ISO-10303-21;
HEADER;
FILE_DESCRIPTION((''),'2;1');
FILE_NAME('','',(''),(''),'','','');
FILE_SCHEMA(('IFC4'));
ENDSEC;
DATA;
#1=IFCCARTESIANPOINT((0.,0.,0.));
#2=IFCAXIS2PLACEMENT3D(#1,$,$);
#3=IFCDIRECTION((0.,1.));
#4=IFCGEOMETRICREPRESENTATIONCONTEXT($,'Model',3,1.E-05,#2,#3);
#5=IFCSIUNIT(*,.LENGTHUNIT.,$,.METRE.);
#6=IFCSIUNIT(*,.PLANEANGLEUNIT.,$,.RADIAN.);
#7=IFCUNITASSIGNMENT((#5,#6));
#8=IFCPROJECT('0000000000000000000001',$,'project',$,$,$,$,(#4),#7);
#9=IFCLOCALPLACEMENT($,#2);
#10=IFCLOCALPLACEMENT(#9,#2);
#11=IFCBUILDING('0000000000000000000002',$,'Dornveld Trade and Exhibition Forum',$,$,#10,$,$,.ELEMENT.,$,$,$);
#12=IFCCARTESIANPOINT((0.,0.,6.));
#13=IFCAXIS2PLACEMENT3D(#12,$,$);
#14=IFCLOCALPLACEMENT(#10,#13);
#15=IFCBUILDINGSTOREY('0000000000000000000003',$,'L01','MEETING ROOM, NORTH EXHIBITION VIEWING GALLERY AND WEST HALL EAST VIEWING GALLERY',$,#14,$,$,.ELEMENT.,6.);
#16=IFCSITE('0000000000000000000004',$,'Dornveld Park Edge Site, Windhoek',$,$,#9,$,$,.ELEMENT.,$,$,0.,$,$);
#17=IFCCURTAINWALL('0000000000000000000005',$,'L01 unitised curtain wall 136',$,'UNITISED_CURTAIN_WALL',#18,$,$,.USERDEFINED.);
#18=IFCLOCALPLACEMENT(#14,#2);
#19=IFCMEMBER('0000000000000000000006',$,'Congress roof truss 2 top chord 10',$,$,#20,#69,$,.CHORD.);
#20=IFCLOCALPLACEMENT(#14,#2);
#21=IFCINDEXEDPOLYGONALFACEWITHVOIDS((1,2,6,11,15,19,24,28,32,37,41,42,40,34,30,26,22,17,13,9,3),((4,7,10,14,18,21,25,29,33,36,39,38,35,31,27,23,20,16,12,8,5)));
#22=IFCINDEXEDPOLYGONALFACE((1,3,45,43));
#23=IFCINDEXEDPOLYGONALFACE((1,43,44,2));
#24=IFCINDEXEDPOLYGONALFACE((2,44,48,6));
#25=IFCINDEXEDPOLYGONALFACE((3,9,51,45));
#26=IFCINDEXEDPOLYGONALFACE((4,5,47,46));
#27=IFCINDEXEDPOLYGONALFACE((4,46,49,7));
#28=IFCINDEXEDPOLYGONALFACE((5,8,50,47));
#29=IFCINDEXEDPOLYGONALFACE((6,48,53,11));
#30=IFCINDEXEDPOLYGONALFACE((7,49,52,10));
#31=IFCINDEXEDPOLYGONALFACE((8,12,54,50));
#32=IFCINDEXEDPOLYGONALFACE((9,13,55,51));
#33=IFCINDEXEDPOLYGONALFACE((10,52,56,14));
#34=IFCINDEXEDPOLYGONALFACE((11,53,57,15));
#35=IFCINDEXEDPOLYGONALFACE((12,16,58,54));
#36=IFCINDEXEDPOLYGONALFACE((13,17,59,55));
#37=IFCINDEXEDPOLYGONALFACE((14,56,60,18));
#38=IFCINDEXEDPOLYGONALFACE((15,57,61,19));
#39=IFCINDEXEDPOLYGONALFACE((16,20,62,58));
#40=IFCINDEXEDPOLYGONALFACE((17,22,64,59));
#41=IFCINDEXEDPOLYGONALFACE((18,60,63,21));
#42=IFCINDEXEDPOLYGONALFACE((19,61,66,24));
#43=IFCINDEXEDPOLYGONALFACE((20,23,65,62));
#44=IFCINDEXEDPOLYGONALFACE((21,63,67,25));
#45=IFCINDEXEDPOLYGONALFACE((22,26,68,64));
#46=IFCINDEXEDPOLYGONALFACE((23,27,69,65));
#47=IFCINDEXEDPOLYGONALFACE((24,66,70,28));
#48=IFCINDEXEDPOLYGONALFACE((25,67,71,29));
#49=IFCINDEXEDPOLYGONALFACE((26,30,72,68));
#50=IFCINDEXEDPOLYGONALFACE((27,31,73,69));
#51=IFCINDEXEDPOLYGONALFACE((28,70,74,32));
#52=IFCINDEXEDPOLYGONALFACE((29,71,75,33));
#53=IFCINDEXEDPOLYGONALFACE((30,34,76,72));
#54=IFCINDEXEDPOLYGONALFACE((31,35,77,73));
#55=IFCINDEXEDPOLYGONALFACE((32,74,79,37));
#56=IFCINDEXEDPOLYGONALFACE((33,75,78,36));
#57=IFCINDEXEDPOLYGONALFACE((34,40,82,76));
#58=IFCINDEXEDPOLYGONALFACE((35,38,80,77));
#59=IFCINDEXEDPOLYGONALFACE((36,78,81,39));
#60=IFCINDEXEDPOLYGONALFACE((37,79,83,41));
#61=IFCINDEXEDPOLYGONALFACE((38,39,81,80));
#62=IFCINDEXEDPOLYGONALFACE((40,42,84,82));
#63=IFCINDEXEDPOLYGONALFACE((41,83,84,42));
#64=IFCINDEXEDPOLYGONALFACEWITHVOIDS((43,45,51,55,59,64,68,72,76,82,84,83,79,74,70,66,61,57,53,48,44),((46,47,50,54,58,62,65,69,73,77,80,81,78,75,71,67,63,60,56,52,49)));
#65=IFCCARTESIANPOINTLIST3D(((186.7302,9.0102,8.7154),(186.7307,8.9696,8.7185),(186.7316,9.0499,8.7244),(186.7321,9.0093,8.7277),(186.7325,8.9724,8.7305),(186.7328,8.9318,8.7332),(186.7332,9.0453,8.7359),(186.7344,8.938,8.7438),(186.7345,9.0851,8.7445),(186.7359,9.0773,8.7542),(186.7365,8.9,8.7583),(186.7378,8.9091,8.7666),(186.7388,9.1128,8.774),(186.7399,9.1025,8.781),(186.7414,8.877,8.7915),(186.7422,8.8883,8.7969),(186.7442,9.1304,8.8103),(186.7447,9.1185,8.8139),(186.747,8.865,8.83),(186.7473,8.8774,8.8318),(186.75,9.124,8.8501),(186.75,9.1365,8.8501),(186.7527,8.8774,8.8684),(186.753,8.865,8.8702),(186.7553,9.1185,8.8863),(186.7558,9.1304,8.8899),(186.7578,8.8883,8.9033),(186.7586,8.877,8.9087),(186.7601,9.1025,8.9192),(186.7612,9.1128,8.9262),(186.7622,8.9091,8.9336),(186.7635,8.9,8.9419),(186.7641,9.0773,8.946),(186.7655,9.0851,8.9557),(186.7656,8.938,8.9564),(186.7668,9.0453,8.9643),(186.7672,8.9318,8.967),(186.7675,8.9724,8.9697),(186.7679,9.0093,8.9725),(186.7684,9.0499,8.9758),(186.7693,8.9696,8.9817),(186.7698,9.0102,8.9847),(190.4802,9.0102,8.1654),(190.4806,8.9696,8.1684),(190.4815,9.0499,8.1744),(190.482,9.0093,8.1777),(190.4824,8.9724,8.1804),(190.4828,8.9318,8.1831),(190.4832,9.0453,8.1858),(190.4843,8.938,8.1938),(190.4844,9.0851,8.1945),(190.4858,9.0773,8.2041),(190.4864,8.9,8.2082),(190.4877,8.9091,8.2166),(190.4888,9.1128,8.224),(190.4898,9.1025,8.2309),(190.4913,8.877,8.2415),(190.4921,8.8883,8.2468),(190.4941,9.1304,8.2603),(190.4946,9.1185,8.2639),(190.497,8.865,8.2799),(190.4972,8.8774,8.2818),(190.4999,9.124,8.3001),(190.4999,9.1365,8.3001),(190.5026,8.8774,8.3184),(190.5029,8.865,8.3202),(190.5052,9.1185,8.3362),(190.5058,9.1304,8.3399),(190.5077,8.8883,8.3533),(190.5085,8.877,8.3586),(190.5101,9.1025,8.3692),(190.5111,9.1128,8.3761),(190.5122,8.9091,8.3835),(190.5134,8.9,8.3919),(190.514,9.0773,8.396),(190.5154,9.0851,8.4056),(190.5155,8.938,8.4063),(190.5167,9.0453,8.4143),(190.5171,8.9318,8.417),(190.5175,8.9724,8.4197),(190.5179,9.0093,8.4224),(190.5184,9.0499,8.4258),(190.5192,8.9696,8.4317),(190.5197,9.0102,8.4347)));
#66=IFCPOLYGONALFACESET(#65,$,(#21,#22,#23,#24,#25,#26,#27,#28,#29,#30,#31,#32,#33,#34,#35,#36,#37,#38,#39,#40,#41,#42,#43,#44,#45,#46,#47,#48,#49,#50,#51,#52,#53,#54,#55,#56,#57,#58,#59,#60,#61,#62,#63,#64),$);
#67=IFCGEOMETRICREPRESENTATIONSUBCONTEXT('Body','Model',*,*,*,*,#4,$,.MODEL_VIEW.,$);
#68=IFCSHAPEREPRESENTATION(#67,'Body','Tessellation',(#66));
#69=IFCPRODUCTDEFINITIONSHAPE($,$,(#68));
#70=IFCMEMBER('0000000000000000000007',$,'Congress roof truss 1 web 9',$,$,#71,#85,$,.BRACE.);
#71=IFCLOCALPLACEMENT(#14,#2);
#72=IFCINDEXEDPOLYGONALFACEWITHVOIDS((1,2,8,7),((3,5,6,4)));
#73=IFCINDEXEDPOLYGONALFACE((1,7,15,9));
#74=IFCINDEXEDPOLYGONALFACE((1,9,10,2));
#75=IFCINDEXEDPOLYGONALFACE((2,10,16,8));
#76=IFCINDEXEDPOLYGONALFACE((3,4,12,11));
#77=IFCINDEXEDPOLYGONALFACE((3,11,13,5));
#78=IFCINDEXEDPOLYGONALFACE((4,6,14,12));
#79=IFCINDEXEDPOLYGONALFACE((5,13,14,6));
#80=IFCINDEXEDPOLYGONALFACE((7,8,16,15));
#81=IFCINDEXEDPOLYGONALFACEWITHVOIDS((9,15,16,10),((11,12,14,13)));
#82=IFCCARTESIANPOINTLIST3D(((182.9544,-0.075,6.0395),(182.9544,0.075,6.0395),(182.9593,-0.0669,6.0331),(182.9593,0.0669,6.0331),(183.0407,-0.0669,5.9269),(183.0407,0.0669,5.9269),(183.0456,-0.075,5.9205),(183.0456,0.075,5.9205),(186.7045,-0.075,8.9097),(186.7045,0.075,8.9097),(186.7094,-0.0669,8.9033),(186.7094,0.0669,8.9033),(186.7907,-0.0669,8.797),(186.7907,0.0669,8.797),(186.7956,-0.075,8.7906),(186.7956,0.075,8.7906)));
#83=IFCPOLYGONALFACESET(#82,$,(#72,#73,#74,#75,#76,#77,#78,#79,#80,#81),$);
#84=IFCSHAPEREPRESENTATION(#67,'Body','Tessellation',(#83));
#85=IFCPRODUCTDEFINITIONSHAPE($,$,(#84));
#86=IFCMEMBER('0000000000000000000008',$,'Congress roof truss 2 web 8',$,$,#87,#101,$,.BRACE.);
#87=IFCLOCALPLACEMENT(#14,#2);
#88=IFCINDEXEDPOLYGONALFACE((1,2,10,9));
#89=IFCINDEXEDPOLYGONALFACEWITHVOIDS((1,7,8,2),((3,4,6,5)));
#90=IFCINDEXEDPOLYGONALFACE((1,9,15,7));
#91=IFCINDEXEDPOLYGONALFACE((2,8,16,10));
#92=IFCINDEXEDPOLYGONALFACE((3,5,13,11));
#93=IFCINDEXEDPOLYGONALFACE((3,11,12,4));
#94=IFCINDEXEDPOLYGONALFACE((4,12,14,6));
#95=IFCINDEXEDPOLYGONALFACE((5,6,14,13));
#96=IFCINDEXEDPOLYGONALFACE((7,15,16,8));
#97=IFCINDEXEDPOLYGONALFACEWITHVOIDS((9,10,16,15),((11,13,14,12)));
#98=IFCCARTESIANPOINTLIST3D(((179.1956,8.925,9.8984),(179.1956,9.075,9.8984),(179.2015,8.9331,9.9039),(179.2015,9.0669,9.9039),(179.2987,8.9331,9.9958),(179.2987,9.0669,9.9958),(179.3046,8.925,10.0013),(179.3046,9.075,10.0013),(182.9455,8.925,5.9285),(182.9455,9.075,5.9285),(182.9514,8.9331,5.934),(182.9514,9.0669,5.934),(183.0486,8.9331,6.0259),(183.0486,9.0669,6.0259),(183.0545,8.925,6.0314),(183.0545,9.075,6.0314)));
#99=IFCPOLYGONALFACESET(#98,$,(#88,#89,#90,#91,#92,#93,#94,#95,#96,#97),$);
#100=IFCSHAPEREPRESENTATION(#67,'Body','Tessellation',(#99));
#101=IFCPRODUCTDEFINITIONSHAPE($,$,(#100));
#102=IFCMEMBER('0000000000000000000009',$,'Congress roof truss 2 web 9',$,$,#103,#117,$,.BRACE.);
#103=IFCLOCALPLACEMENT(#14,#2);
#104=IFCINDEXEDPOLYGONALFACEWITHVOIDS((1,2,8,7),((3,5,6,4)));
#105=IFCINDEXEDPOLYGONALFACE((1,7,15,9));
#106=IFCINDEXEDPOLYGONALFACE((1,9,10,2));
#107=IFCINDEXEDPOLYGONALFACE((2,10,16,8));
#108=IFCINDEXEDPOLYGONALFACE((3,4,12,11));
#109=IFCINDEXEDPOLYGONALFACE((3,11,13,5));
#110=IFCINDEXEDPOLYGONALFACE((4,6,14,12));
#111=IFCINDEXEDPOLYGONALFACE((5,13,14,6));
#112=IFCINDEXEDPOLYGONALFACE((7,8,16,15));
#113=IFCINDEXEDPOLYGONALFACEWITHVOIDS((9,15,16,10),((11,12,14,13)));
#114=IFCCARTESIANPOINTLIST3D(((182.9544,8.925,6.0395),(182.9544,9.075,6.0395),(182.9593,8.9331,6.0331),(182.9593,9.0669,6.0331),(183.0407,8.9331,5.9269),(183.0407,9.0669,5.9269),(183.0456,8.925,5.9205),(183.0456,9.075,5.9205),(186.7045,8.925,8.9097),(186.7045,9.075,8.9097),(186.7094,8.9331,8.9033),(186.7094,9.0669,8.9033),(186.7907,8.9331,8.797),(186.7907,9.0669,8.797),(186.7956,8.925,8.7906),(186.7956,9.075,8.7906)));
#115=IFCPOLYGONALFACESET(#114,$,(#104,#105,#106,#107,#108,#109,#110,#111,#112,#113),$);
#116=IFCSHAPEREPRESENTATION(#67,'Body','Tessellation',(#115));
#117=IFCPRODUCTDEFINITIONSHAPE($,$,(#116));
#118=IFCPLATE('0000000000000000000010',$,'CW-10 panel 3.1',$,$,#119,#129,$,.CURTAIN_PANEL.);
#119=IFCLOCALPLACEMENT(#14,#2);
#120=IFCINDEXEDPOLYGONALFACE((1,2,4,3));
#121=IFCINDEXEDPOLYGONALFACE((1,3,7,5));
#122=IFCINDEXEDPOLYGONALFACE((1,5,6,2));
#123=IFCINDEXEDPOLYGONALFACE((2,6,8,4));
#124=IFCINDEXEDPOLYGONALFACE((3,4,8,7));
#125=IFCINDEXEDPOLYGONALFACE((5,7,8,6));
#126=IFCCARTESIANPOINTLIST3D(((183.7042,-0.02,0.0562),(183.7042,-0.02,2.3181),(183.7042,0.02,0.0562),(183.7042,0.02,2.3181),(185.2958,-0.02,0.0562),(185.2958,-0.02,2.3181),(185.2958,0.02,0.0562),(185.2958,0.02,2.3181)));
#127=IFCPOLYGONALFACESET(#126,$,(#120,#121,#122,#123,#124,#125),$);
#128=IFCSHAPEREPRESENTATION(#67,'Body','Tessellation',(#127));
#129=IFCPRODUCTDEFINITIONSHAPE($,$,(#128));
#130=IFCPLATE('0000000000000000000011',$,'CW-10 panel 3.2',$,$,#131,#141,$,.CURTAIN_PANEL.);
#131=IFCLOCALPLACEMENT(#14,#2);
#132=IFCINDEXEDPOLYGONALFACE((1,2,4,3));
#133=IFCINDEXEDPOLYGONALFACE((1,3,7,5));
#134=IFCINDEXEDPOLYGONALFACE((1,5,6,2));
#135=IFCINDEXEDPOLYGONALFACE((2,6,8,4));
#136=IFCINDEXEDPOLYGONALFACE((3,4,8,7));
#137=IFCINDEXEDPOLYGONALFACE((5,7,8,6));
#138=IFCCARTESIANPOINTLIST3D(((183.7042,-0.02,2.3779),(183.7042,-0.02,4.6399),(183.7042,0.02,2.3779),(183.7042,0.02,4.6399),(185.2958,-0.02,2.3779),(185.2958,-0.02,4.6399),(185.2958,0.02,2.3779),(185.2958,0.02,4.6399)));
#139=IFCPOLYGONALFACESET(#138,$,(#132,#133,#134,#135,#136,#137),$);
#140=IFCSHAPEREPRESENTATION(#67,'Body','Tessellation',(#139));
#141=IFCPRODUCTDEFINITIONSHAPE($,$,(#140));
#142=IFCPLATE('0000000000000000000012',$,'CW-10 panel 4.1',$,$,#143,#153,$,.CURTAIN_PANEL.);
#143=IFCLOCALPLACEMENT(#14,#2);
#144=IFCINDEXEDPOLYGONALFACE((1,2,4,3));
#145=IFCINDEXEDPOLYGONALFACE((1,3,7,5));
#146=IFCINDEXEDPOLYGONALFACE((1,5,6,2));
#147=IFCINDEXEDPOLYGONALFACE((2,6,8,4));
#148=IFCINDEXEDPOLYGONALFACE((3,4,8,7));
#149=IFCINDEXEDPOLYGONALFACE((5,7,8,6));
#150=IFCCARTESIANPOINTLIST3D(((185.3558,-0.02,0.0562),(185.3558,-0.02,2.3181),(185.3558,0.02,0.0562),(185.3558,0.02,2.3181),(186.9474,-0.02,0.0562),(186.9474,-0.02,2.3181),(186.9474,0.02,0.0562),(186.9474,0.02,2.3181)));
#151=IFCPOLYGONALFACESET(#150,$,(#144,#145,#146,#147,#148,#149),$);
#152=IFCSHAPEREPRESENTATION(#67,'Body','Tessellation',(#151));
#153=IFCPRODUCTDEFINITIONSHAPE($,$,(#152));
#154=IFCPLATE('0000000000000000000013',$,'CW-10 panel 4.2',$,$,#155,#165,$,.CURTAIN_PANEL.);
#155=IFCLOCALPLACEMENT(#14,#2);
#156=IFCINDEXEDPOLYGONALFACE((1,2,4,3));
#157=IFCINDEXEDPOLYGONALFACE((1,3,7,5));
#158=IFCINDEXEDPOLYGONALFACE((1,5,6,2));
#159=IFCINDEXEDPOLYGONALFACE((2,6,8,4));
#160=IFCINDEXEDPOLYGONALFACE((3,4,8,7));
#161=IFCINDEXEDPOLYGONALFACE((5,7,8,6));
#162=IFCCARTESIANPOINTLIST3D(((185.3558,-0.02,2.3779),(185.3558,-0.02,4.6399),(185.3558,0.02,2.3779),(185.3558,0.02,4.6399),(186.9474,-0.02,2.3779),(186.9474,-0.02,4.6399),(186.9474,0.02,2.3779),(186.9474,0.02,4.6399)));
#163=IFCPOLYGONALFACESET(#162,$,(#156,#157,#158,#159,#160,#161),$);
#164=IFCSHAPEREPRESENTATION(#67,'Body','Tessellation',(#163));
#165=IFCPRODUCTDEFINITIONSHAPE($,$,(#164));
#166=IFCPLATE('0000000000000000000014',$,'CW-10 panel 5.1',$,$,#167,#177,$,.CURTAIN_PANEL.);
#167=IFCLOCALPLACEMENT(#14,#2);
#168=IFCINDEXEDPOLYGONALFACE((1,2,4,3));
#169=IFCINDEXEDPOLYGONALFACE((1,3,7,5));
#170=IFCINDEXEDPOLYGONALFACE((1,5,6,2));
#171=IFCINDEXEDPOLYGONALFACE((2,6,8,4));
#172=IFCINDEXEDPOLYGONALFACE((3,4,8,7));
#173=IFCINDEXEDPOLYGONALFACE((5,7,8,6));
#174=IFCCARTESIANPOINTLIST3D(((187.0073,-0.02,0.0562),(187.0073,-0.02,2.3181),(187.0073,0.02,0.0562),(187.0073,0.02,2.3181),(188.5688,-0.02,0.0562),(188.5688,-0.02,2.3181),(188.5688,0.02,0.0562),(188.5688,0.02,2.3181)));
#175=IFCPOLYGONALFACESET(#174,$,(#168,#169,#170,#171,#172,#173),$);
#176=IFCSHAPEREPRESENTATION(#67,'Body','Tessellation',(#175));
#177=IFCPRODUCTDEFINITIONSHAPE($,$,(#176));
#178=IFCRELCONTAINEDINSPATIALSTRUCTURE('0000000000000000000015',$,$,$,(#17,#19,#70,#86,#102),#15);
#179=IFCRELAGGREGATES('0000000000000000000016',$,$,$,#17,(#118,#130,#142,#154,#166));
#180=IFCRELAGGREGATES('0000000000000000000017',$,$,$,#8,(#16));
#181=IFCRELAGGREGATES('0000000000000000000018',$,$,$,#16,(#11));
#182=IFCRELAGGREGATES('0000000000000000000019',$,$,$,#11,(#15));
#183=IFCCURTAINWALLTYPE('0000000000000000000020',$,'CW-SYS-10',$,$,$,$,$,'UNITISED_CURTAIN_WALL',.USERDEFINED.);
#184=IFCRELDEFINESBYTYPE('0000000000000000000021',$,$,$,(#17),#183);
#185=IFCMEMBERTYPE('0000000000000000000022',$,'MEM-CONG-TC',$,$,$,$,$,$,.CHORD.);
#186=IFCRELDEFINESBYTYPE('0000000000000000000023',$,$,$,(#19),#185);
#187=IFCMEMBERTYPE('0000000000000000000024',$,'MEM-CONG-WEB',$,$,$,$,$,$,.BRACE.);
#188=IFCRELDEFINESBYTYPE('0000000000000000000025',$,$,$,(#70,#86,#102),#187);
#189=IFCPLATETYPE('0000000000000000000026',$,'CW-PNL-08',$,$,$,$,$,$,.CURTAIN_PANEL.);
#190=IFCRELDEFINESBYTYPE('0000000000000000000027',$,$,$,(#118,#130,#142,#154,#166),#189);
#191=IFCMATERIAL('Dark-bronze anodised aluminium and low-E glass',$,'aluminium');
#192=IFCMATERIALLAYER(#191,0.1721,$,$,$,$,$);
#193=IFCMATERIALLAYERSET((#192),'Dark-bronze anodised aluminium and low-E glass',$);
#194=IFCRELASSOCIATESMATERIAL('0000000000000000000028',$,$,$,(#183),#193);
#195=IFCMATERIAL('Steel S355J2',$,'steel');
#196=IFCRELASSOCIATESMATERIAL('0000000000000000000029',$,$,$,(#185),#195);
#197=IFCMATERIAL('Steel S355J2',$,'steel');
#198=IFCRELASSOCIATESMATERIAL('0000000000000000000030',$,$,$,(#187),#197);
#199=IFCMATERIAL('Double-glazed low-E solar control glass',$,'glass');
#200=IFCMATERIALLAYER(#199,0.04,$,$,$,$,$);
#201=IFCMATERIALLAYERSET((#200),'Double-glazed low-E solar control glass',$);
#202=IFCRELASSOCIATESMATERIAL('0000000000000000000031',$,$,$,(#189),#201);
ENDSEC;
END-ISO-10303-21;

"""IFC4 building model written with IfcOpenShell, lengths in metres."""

from ifc_helpers import new_model, si_unit, direction, frame, origin, origin_2d, place, context, subcontext, project, spatial, rectangle, hollow_rectangle, hollow_circle, extrude, material, layer, layer_set, material_profile, profile_set, type_object, element, aggregate, save


model = new_model("IFC4")

# Units and contexts
model_context = context("Model", 3, precision=1e-05, world=origin(), true_north=direction((0.0, 1.0)))
body_context = subcontext(model_context, "Body", "Model", "MODEL_VIEW")
ifc_project = project(units=[si_unit("LENGTHUNIT", "METRE"), si_unit("PLANEANGLEUNIT", "RADIAN")], contexts=[model_context])

# Site, building, storey
site_placement = place(None, origin())
site = spatial("IfcSite", under=ifc_project, at=site_placement, Name="Dornveld Park Edge Site, Windhoek", CompositionType="ELEMENT", RefElevation=0.0)
building_placement = place(site_placement, origin())
building = spatial("IfcBuilding", under=site, at=building_placement, Name="Dornveld Trade and Exhibition Forum", CompositionType="ELEMENT")
storey_placement = place(building_placement, frame((0.0, 0.0, 6.0)))
storey = spatial("IfcBuildingStorey", under=building, at=storey_placement, Name="L01", Description="MEETING ROOM, NORTH EXHIBITION VIEWING GALLERY AND WEST HALL EAST VIEWING GALLERY", CompositionType="ELEMENT", Elevation=6.0)

# Curtain wall
ifc_material_1 = material(Name="Dark-bronze anodised aluminium and low-E glass", Category="aluminium")
ifc_layer_1 = layer(ifc_material_1, 0.1721)
ifc_layer_set_1 = layer_set([ifc_layer_1], Name="Dark-bronze anodised aluminium and low-E glass")
curtain_wall_type = type_object("IfcCurtainWallType", Name="CW-SYS-10", ElementType="UNITISED_CURTAIN_WALL", PredefinedType="USERDEFINED", material=ifc_layer_set_1)
curtain_wall_placement = place(storey_placement, origin())
curtain_wall = element("IfcCurtainWall", 1, at=curtain_wall_placement, inside=storey, type_object=curtain_wall_type, Name="L01 unitised curtain wall 136", ObjectType="UNITISED_CURTAIN_WALL", PredefinedType="USERDEFINED")

# Members
ifc_material_2 = material(Name="Steel S355J2", Category="steel")
ifc_material_profile_1 = material_profile(ifc_material_2, hollow_circle(Radius=0.1365, WallThickness=0.0125, at=origin_2d()), Name="CHS 273x12.5")
ifc_profile_set_1 = profile_set([ifc_material_profile_1], Name="Steel S355J2")
member_type_1 = type_object("IfcMemberType", Name="MEM-CONG-TC", PredefinedType="CHORD", material=ifc_profile_set_1)
for number, where, z_axis, x_axis, name in (
    (2, (186.75, 9.0, 8.8501), (0.989413, 0.0, -0.145127), (0.0, 1.0, 0.0), "Congress roof truss 2 top chord 10"),
):
    element("IfcMember", number, at=place(storey_placement, frame(where, z_axis=z_axis, x_axis=x_axis)), inside=storey, type_object=member_type_1, Name=name, PredefinedType="CHORD", context=body_context, shape_type="SweptSolid", body=[
        extrude(hollow_circle(Radius=0.1365, WallThickness=0.0125, at=origin_2d()), origin(), (0.0, 0.0, 1.0), 3.79),
    ])
ifc_material_3 = material(Name="Steel S355J2", Category="steel")
ifc_material_profile_2 = material_profile(ifc_material_3, hollow_rectangle(XDim=0.1499, YDim=0.1499, WallThickness=0.0081, at=origin_2d()), Name="SHS 150x150x8")
ifc_profile_set_2 = profile_set([ifc_material_profile_2], Name="Steel S355J2")
member_type_2 = type_object("IfcMemberType", Name="MEM-CONG-WEB", PredefinedType="BRACE", material=ifc_profile_set_2)
member_1_placement = place(storey_placement, frame((183.0, 0.0, 5.98), z_axis=(0.794105, 0.0, 0.60778), x_axis=(0.0, 1.0, 0.0)))
element("IfcMember", 3, at=member_1_placement, inside=storey, type_object=member_type_2, Name="Congress roof truss 1 web 9", PredefinedType="BRACE", context=body_context, shape_type="SweptSolid", body=[
    extrude(hollow_rectangle(XDim=0.1499, YDim=0.1499, WallThickness=0.0081, at=origin_2d()), origin(), (0.0, 0.0, 1.0), 4.7224),
])
member_2_placement = place(storey_placement, frame((183.0, 9.0, 5.98), z_axis=(-0.68668, 0.0, 0.72696), x_axis=(0.0, -1.0, 0.0)))
element("IfcMember", 4, at=member_2_placement, inside=storey, type_object=member_type_2, Name="Congress roof truss 2 web 8", PredefinedType="BRACE", context=body_context, shape_type="SweptSolid", body=[
    extrude(hollow_rectangle(XDim=0.1499, YDim=0.1499, WallThickness=0.0081, at=origin_2d()), origin(), (0.0, 0.0, 1.0), 5.4609),
])
member_3_placement = place(storey_placement, frame((183.0, 9.0, 5.98), z_axis=(0.794105, 0.0, 0.60778), x_axis=(0.0, 1.0, 0.0)))
element("IfcMember", 5, at=member_3_placement, inside=storey, type_object=member_type_2, Name="Congress roof truss 2 web 9", PredefinedType="BRACE", context=body_context, shape_type="SweptSolid", body=[
    extrude(hollow_rectangle(XDim=0.1499, YDim=0.1499, WallThickness=0.0081, at=origin_2d()), origin(), (0.0, 0.0, 1.0), 4.7224),
])

# Plates
ifc_material_4 = material(Name="Double-glazed low-E solar control glass", Category="glass")
ifc_layer_2 = layer(ifc_material_4, 0.04)
ifc_layer_set_2 = layer_set([ifc_layer_2], Name="Double-glazed low-E solar control glass")
plate_type = type_object("IfcPlateType", Name="CW-PNL-08", PredefinedType="CURTAIN_PANEL", material=ifc_layer_set_2)
plate_1_placement = place(storey_placement, frame((184.5, 0.0, 0.0562), z_axis=(0.0, 0.0, 1.0), x_axis=(1.0, 0.0, 0.0)))
plate_1 = element("IfcPlate", 6, at=plate_1_placement, type_object=plate_type, Name="CW-10 panel 3.1", PredefinedType="CURTAIN_PANEL", context=body_context, shape_type="SweptSolid", body=[
    extrude(rectangle(XDim=1.5916, YDim=0.04, at=origin_2d()), origin(), (0.0, 0.0, 1.0), 2.262),
])
plate_2_placement = place(storey_placement, frame((184.5, 0.0, 2.3779), z_axis=(0.0, 0.0, 1.0), x_axis=(1.0, 0.0, 0.0)))
plate_2 = element("IfcPlate", 7, at=plate_2_placement, type_object=plate_type, Name="CW-10 panel 3.2", PredefinedType="CURTAIN_PANEL", context=body_context, shape_type="SweptSolid", body=[
    extrude(rectangle(XDim=1.5916, YDim=0.04, at=origin_2d()), origin(), (0.0, 0.0, 1.0), 2.262),
])
plate_3_placement = place(storey_placement, frame((186.1516, 0.0, 0.0562), z_axis=(0.0, 0.0, 1.0), x_axis=(1.0, 0.0, 0.0)))
plate_3 = element("IfcPlate", 8, at=plate_3_placement, type_object=plate_type, Name="CW-10 panel 4.1", PredefinedType="CURTAIN_PANEL", context=body_context, shape_type="SweptSolid", body=[
    extrude(rectangle(XDim=1.5916, YDim=0.04, at=origin_2d()), origin(), (0.0, 0.0, 1.0), 2.262),
])
plate_4_placement = place(storey_placement, frame((186.1516, 0.0, 2.3779), z_axis=(0.0, 0.0, 1.0), x_axis=(1.0, 0.0, 0.0)))
plate_4 = element("IfcPlate", 9, at=plate_4_placement, type_object=plate_type, Name="CW-10 panel 4.2", PredefinedType="CURTAIN_PANEL", context=body_context, shape_type="SweptSolid", body=[
    extrude(rectangle(XDim=1.5916, YDim=0.04, at=origin_2d()), origin(), (0.0, 0.0, 1.0), 2.262),
])
plate_5_placement = place(storey_placement, frame((187.7881, 0.0, 0.0562), z_axis=(0.0, 0.0, 1.0), x_axis=(1.0, 0.0, 0.0)))
plate_5 = element("IfcPlate", 10, at=plate_5_placement, type_object=plate_type, Name="CW-10 panel 5.1", PredefinedType="CURTAIN_PANEL", context=body_context, shape_type="SweptSolid", body=[
    extrude(rectangle(XDim=1.5615, YDim=0.04, at=origin_2d()), origin(), (0.0, 0.0, 1.0), 2.262),
])
aggregate(curtain_wall, [plate_1, plate_2, plate_3, plate_4, plate_5])

save(model, "model.ifc")
